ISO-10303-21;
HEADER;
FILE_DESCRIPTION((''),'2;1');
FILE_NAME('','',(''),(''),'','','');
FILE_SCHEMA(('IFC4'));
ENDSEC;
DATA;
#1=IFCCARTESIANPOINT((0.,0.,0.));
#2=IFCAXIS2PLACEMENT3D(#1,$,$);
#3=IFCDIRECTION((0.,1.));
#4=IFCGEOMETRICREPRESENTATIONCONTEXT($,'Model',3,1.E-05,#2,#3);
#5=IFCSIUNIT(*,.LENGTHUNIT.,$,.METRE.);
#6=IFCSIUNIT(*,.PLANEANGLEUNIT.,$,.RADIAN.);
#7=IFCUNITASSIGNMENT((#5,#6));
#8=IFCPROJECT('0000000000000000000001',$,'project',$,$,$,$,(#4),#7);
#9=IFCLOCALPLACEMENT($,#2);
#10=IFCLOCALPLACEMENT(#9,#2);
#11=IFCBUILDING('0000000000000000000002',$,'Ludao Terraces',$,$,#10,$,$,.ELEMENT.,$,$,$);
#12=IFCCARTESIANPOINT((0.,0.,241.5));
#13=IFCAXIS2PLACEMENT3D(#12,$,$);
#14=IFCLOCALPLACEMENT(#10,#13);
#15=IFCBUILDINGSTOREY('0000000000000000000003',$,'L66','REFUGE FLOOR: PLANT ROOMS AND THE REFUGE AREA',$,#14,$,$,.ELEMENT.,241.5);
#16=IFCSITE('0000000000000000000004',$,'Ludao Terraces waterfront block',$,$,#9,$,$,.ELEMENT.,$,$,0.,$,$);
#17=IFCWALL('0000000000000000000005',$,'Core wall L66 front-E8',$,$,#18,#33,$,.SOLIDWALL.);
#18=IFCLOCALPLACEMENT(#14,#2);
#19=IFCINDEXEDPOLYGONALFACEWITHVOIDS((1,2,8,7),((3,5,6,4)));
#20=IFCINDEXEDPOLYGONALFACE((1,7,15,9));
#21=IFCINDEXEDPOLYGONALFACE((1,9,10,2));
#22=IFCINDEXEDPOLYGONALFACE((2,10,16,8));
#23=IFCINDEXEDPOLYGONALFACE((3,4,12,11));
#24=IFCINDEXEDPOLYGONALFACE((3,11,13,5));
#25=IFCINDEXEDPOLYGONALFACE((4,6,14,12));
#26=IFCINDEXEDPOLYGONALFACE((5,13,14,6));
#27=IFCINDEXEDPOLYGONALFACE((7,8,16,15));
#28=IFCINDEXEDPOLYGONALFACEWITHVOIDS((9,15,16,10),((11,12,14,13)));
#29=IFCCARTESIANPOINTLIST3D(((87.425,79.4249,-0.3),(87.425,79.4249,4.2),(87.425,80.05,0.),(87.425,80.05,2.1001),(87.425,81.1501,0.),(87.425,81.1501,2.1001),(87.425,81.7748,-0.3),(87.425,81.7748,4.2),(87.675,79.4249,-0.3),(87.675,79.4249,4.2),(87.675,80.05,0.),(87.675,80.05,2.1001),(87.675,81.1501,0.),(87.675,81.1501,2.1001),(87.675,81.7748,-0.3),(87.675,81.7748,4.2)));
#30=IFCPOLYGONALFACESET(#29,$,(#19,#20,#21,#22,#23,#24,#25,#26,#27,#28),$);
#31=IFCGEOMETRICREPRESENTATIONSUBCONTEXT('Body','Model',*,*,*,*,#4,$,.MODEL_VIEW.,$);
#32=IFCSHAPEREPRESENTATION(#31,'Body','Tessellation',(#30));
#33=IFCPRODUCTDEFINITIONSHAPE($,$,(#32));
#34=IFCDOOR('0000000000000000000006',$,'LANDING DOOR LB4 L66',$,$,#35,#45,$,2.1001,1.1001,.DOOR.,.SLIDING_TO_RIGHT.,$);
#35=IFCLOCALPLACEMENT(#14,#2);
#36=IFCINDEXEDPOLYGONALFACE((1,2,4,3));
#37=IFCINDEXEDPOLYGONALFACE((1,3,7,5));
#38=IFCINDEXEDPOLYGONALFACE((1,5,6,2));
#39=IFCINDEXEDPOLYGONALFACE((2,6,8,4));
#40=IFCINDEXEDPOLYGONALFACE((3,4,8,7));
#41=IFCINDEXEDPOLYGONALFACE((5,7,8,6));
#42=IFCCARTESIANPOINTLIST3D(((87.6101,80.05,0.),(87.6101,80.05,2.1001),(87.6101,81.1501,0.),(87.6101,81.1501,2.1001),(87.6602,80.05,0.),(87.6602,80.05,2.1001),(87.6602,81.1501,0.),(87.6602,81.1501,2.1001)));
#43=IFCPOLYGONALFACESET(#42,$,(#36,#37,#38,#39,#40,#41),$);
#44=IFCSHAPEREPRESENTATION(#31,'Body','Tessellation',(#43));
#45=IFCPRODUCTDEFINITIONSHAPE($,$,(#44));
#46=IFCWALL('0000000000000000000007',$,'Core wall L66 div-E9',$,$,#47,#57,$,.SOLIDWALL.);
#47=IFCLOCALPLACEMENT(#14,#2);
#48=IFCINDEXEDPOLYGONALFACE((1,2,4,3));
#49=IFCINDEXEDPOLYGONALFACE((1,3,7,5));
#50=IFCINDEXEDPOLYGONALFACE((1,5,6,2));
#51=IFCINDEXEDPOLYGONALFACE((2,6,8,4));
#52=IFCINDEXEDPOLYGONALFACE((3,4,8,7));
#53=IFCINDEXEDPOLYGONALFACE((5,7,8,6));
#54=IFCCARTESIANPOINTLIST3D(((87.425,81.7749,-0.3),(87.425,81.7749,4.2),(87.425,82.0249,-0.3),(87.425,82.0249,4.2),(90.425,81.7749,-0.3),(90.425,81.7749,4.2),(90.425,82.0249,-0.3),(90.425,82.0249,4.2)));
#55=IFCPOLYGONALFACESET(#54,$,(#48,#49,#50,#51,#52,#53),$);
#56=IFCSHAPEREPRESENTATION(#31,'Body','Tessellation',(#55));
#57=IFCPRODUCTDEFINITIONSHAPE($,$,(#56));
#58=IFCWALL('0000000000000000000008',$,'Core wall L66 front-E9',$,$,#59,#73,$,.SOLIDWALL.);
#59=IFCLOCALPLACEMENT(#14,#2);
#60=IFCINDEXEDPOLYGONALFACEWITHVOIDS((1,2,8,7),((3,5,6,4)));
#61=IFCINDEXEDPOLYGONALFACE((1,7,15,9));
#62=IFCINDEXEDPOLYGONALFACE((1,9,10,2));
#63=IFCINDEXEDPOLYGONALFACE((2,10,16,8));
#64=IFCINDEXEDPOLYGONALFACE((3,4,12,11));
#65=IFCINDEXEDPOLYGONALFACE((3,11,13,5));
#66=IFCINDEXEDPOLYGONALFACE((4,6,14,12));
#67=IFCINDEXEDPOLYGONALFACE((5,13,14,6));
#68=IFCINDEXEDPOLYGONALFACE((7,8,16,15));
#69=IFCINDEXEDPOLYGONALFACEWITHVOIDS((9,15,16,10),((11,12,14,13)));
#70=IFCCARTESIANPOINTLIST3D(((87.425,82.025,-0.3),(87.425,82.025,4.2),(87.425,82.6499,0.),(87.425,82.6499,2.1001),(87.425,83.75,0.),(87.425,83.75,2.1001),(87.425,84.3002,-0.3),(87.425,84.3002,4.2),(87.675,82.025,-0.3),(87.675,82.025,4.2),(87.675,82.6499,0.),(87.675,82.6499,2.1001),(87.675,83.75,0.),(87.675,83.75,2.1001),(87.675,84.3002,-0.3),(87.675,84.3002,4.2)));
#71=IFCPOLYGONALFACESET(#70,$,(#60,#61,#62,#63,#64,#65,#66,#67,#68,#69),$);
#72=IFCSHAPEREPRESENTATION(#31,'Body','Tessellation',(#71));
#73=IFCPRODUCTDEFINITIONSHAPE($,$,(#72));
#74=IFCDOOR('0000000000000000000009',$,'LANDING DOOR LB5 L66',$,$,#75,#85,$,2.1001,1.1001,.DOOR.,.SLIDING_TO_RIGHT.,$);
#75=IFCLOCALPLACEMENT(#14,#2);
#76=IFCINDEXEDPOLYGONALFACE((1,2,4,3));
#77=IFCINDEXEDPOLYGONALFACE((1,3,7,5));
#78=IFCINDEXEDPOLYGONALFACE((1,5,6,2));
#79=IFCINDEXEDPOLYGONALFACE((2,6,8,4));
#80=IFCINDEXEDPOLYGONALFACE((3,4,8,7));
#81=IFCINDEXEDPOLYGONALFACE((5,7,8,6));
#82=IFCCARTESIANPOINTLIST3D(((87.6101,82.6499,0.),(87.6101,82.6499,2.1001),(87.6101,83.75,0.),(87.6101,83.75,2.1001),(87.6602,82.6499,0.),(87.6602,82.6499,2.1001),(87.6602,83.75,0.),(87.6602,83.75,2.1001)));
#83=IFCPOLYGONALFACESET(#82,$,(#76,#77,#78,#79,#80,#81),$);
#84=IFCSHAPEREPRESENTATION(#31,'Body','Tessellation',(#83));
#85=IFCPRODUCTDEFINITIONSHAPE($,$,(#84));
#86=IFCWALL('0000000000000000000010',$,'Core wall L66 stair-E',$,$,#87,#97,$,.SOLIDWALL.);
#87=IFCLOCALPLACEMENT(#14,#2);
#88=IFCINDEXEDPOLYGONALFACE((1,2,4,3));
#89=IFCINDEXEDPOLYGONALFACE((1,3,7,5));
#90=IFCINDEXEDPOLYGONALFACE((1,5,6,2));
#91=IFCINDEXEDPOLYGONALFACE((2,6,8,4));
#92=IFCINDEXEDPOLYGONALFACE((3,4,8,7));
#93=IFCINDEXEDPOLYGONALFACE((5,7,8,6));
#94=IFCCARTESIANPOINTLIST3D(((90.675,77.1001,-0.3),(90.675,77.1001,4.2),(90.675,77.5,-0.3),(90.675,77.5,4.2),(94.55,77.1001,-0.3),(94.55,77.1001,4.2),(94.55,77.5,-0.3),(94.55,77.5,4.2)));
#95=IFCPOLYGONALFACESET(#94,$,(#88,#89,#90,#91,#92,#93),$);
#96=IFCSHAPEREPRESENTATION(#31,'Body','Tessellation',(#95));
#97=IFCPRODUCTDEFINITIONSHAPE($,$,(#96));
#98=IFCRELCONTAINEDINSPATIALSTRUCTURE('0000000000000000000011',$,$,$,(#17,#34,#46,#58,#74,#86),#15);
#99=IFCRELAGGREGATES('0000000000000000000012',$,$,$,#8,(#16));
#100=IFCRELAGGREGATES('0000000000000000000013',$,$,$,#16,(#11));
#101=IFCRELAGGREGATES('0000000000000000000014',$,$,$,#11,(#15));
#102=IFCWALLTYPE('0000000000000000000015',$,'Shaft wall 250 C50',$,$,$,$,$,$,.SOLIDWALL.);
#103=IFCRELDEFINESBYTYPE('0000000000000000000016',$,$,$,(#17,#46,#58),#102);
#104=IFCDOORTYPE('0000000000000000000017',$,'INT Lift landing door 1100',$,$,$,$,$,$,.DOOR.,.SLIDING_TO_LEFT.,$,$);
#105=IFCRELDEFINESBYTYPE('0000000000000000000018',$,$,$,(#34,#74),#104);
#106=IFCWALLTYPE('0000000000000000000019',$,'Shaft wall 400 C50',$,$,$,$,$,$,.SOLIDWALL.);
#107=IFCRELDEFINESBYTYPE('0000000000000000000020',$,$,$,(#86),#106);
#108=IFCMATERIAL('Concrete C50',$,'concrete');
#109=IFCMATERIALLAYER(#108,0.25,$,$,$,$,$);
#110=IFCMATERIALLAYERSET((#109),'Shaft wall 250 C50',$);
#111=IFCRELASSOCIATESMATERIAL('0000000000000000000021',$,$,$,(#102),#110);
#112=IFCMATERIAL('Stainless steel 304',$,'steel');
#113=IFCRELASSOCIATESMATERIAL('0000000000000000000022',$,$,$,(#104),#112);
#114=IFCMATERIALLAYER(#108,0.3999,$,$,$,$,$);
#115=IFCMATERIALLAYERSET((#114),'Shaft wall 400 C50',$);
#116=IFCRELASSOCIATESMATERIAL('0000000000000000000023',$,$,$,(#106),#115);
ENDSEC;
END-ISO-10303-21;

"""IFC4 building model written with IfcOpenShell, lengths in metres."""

from ifc_helpers import new_model, si_unit, direction, frame, frame_2d, origin, place, context, subcontext, project, spatial, rectangle, extrude, material, layer, layer_set, type_object, element, fill, save


model = new_model("IFC4")

# Units and contexts
model_context = context("Model", 3, precision=1e-05, world=origin(), true_north=direction((0.0, 1.0)))
body_context = subcontext(model_context, "Body", "Model", "MODEL_VIEW")
ifc_project = project(units=[si_unit("LENGTHUNIT", "METRE"), si_unit("PLANEANGLEUNIT", "RADIAN")], contexts=[model_context])

# Site, building, storey
site_placement = place(None, origin())
site = spatial("IfcSite", under=ifc_project, at=site_placement, Name="Ludao Terraces waterfront block", CompositionType="ELEMENT", RefElevation=0.0)
building_placement = place(site_placement, origin())
building = spatial("IfcBuilding", under=site, at=building_placement, Name="Ludao Terraces", CompositionType="ELEMENT")
storey_placement = place(building_placement, frame((0.0, 0.0, 241.5)))
storey = spatial("IfcBuildingStorey", under=building, at=storey_placement, Name="L66", Description="REFUGE FLOOR: PLANT ROOMS AND THE REFUGE AREA", CompositionType="ELEMENT", Elevation=241.5)

# Shared definitions
ifc_material_1 = material(Name="Concrete C50", Category="concrete")

# Shared definitions
ifc_layer_1 = layer(ifc_material_1, 0.25)
ifc_layer_set_1 = layer_set([ifc_layer_1], Name="Shaft wall 250 C50")
wall_type_1 = type_object("IfcWallType", Name="Shaft wall 250 C50", PredefinedType="SOLIDWALL", material=ifc_layer_set_1)

# Shared definitions
ifc_material_2 = material(Name="Stainless steel 304", Category="steel")
door_type_1 = type_object("IfcDoorType", Name="INT Lift landing door 1100", OperationType="SLIDING_TO_LEFT", PredefinedType="DOOR", material=ifc_material_2)

# Wall, opening, door
wall_1_placement = place(storey_placement, frame((87.55, 79.425, -0.3), z_axis=(0.0, 0.0, 1.0), x_axis=(0.0, 1.0, 0.0)))
wall_1 = element("IfcWall", 1, at=wall_1_placement, inside=storey, type_object=wall_type_1, Name="Core wall L66 front-E8", PredefinedType="SOLIDWALL", context=body_context, shape_type="SweptSolid", body=[
    extrude(rectangle(XDim=2.3499, YDim=0.25, at=frame_2d((1.1748, 0.0))), origin(), (0.0, 0.0, 1.0), 4.5),
])
opening_1_placement = place(wall_1_placement, frame((0.625, 0.0, 0.3)))
opening_1 = element("IfcOpeningElement", 2, at=opening_1_placement, cuts=wall_1, PredefinedType="OPENING", context=body_context, shape_type="SweptSolid", body=[
    extrude(rectangle(XDim=1.1001, YDim=2.1001, at=frame_2d((0.55, 1.05))), frame((0.0, 0.135, 0.0), z_axis=(0.0, -1.0, 0.0), x_axis=(1.0, 0.0, 0.0)), (0.0, 0.0, 1.0), 0.27),
])
door_1_placement = place(opening_1_placement, origin())
door_1 = element("IfcDoor", 3, at=door_1_placement, inside=storey, type_object=door_type_1, Name="LANDING DOOR LB4 L66", OperationType="SLIDING_TO_RIGHT", OverallHeight=2.1001, OverallWidth=1.1001, PredefinedType="DOOR", context=body_context, shape_type="SweptSolid", body=[
    extrude(rectangle(XDim=1.1001, YDim=2.1001, at=frame_2d((0.55, 1.05))), frame((0.0, -0.0601, 0.0), z_axis=(0.0, -1.0, 0.0), x_axis=(1.0, 0.0, 0.0)), (0.0, 0.0, 1.0), 0.05),
])
fill(opening_1, door_1)

# Wall
wall_2_placement = place(storey_placement, frame((87.425, 81.8999, -0.3), z_axis=(0.0, 0.0, 1.0), x_axis=(1.0, 0.0, 0.0)))
element("IfcWall", 4, at=wall_2_placement, inside=storey, type_object=wall_type_1, Name="Core wall L66 div-E9", PredefinedType="SOLIDWALL", context=body_context, shape_type="SweptSolid", body=[
    extrude(rectangle(XDim=3.0, YDim=0.25, at=frame_2d((1.5, 0.0))), origin(), (0.0, 0.0, 1.0), 4.5),
])

# Wall, opening, door
wall_3_placement = place(storey_placement, frame((87.55, 82.0249, -0.3), z_axis=(0.0, 0.0, 1.0), x_axis=(0.0, 1.0, 0.0)))
wall_3 = element("IfcWall", 5, at=wall_3_placement, inside=storey, type_object=wall_type_1, Name="Core wall L66 front-E9", PredefinedType="SOLIDWALL", context=body_context, shape_type="SweptSolid", body=[
    extrude(rectangle(XDim=2.2751, YDim=0.25, at=frame_2d((1.1377, 0.0))), origin(), (0.0, 0.0, 1.0), 4.5),
])
opening_2_placement = place(wall_3_placement, frame((0.625, 0.0, 0.3)))
opening_2 = element("IfcOpeningElement", 6, at=opening_2_placement, cuts=wall_3, PredefinedType="OPENING", context=body_context, shape_type="SweptSolid", body=[
    extrude(rectangle(XDim=1.1001, YDim=2.1001, at=frame_2d((0.55, 1.05))), frame((0.0, 0.135, 0.0), z_axis=(0.0, -1.0, 0.0), x_axis=(1.0, 0.0, 0.0)), (0.0, 0.0, 1.0), 0.27),
])
door_2_placement = place(opening_2_placement, origin())
door_2 = element("IfcDoor", 7, at=door_2_placement, inside=storey, type_object=door_type_1, Name="LANDING DOOR LB5 L66", OperationType="SLIDING_TO_RIGHT", OverallHeight=2.1001, OverallWidth=1.1001, PredefinedType="DOOR", context=body_context, shape_type="SweptSolid", body=[
    extrude(rectangle(XDim=1.1001, YDim=2.1001, at=frame_2d((0.55, 1.05))), frame((0.0, -0.0601, 0.0), z_axis=(0.0, -1.0, 0.0), x_axis=(1.0, 0.0, 0.0)), (0.0, 0.0, 1.0), 0.05),
])
fill(opening_2, door_2)

# Wall
ifc_layer_2 = layer(ifc_material_1, 0.3999)
ifc_layer_set_2 = layer_set([ifc_layer_2], Name="Shaft wall 400 C50")
wall_type_2 = type_object("IfcWallType", Name="Shaft wall 400 C50", PredefinedType="SOLIDWALL", material=ifc_layer_set_2)
wall_4_placement = place(storey_placement, frame((90.675, 77.3, -0.3), z_axis=(0.0, 0.0, 1.0), x_axis=(1.0, 0.0, 0.0)))
element("IfcWall", 8, at=wall_4_placement, inside=storey, type_object=wall_type_2, Name="Core wall L66 stair-E", PredefinedType="SOLIDWALL", context=body_context, shape_type="SweptSolid", body=[
    extrude(rectangle(XDim=3.875, YDim=0.3999, at=frame_2d((1.9375, 0.0))), origin(), (0.0, 0.0, 1.0), 4.5),
])

save(model, "model.ifc")
